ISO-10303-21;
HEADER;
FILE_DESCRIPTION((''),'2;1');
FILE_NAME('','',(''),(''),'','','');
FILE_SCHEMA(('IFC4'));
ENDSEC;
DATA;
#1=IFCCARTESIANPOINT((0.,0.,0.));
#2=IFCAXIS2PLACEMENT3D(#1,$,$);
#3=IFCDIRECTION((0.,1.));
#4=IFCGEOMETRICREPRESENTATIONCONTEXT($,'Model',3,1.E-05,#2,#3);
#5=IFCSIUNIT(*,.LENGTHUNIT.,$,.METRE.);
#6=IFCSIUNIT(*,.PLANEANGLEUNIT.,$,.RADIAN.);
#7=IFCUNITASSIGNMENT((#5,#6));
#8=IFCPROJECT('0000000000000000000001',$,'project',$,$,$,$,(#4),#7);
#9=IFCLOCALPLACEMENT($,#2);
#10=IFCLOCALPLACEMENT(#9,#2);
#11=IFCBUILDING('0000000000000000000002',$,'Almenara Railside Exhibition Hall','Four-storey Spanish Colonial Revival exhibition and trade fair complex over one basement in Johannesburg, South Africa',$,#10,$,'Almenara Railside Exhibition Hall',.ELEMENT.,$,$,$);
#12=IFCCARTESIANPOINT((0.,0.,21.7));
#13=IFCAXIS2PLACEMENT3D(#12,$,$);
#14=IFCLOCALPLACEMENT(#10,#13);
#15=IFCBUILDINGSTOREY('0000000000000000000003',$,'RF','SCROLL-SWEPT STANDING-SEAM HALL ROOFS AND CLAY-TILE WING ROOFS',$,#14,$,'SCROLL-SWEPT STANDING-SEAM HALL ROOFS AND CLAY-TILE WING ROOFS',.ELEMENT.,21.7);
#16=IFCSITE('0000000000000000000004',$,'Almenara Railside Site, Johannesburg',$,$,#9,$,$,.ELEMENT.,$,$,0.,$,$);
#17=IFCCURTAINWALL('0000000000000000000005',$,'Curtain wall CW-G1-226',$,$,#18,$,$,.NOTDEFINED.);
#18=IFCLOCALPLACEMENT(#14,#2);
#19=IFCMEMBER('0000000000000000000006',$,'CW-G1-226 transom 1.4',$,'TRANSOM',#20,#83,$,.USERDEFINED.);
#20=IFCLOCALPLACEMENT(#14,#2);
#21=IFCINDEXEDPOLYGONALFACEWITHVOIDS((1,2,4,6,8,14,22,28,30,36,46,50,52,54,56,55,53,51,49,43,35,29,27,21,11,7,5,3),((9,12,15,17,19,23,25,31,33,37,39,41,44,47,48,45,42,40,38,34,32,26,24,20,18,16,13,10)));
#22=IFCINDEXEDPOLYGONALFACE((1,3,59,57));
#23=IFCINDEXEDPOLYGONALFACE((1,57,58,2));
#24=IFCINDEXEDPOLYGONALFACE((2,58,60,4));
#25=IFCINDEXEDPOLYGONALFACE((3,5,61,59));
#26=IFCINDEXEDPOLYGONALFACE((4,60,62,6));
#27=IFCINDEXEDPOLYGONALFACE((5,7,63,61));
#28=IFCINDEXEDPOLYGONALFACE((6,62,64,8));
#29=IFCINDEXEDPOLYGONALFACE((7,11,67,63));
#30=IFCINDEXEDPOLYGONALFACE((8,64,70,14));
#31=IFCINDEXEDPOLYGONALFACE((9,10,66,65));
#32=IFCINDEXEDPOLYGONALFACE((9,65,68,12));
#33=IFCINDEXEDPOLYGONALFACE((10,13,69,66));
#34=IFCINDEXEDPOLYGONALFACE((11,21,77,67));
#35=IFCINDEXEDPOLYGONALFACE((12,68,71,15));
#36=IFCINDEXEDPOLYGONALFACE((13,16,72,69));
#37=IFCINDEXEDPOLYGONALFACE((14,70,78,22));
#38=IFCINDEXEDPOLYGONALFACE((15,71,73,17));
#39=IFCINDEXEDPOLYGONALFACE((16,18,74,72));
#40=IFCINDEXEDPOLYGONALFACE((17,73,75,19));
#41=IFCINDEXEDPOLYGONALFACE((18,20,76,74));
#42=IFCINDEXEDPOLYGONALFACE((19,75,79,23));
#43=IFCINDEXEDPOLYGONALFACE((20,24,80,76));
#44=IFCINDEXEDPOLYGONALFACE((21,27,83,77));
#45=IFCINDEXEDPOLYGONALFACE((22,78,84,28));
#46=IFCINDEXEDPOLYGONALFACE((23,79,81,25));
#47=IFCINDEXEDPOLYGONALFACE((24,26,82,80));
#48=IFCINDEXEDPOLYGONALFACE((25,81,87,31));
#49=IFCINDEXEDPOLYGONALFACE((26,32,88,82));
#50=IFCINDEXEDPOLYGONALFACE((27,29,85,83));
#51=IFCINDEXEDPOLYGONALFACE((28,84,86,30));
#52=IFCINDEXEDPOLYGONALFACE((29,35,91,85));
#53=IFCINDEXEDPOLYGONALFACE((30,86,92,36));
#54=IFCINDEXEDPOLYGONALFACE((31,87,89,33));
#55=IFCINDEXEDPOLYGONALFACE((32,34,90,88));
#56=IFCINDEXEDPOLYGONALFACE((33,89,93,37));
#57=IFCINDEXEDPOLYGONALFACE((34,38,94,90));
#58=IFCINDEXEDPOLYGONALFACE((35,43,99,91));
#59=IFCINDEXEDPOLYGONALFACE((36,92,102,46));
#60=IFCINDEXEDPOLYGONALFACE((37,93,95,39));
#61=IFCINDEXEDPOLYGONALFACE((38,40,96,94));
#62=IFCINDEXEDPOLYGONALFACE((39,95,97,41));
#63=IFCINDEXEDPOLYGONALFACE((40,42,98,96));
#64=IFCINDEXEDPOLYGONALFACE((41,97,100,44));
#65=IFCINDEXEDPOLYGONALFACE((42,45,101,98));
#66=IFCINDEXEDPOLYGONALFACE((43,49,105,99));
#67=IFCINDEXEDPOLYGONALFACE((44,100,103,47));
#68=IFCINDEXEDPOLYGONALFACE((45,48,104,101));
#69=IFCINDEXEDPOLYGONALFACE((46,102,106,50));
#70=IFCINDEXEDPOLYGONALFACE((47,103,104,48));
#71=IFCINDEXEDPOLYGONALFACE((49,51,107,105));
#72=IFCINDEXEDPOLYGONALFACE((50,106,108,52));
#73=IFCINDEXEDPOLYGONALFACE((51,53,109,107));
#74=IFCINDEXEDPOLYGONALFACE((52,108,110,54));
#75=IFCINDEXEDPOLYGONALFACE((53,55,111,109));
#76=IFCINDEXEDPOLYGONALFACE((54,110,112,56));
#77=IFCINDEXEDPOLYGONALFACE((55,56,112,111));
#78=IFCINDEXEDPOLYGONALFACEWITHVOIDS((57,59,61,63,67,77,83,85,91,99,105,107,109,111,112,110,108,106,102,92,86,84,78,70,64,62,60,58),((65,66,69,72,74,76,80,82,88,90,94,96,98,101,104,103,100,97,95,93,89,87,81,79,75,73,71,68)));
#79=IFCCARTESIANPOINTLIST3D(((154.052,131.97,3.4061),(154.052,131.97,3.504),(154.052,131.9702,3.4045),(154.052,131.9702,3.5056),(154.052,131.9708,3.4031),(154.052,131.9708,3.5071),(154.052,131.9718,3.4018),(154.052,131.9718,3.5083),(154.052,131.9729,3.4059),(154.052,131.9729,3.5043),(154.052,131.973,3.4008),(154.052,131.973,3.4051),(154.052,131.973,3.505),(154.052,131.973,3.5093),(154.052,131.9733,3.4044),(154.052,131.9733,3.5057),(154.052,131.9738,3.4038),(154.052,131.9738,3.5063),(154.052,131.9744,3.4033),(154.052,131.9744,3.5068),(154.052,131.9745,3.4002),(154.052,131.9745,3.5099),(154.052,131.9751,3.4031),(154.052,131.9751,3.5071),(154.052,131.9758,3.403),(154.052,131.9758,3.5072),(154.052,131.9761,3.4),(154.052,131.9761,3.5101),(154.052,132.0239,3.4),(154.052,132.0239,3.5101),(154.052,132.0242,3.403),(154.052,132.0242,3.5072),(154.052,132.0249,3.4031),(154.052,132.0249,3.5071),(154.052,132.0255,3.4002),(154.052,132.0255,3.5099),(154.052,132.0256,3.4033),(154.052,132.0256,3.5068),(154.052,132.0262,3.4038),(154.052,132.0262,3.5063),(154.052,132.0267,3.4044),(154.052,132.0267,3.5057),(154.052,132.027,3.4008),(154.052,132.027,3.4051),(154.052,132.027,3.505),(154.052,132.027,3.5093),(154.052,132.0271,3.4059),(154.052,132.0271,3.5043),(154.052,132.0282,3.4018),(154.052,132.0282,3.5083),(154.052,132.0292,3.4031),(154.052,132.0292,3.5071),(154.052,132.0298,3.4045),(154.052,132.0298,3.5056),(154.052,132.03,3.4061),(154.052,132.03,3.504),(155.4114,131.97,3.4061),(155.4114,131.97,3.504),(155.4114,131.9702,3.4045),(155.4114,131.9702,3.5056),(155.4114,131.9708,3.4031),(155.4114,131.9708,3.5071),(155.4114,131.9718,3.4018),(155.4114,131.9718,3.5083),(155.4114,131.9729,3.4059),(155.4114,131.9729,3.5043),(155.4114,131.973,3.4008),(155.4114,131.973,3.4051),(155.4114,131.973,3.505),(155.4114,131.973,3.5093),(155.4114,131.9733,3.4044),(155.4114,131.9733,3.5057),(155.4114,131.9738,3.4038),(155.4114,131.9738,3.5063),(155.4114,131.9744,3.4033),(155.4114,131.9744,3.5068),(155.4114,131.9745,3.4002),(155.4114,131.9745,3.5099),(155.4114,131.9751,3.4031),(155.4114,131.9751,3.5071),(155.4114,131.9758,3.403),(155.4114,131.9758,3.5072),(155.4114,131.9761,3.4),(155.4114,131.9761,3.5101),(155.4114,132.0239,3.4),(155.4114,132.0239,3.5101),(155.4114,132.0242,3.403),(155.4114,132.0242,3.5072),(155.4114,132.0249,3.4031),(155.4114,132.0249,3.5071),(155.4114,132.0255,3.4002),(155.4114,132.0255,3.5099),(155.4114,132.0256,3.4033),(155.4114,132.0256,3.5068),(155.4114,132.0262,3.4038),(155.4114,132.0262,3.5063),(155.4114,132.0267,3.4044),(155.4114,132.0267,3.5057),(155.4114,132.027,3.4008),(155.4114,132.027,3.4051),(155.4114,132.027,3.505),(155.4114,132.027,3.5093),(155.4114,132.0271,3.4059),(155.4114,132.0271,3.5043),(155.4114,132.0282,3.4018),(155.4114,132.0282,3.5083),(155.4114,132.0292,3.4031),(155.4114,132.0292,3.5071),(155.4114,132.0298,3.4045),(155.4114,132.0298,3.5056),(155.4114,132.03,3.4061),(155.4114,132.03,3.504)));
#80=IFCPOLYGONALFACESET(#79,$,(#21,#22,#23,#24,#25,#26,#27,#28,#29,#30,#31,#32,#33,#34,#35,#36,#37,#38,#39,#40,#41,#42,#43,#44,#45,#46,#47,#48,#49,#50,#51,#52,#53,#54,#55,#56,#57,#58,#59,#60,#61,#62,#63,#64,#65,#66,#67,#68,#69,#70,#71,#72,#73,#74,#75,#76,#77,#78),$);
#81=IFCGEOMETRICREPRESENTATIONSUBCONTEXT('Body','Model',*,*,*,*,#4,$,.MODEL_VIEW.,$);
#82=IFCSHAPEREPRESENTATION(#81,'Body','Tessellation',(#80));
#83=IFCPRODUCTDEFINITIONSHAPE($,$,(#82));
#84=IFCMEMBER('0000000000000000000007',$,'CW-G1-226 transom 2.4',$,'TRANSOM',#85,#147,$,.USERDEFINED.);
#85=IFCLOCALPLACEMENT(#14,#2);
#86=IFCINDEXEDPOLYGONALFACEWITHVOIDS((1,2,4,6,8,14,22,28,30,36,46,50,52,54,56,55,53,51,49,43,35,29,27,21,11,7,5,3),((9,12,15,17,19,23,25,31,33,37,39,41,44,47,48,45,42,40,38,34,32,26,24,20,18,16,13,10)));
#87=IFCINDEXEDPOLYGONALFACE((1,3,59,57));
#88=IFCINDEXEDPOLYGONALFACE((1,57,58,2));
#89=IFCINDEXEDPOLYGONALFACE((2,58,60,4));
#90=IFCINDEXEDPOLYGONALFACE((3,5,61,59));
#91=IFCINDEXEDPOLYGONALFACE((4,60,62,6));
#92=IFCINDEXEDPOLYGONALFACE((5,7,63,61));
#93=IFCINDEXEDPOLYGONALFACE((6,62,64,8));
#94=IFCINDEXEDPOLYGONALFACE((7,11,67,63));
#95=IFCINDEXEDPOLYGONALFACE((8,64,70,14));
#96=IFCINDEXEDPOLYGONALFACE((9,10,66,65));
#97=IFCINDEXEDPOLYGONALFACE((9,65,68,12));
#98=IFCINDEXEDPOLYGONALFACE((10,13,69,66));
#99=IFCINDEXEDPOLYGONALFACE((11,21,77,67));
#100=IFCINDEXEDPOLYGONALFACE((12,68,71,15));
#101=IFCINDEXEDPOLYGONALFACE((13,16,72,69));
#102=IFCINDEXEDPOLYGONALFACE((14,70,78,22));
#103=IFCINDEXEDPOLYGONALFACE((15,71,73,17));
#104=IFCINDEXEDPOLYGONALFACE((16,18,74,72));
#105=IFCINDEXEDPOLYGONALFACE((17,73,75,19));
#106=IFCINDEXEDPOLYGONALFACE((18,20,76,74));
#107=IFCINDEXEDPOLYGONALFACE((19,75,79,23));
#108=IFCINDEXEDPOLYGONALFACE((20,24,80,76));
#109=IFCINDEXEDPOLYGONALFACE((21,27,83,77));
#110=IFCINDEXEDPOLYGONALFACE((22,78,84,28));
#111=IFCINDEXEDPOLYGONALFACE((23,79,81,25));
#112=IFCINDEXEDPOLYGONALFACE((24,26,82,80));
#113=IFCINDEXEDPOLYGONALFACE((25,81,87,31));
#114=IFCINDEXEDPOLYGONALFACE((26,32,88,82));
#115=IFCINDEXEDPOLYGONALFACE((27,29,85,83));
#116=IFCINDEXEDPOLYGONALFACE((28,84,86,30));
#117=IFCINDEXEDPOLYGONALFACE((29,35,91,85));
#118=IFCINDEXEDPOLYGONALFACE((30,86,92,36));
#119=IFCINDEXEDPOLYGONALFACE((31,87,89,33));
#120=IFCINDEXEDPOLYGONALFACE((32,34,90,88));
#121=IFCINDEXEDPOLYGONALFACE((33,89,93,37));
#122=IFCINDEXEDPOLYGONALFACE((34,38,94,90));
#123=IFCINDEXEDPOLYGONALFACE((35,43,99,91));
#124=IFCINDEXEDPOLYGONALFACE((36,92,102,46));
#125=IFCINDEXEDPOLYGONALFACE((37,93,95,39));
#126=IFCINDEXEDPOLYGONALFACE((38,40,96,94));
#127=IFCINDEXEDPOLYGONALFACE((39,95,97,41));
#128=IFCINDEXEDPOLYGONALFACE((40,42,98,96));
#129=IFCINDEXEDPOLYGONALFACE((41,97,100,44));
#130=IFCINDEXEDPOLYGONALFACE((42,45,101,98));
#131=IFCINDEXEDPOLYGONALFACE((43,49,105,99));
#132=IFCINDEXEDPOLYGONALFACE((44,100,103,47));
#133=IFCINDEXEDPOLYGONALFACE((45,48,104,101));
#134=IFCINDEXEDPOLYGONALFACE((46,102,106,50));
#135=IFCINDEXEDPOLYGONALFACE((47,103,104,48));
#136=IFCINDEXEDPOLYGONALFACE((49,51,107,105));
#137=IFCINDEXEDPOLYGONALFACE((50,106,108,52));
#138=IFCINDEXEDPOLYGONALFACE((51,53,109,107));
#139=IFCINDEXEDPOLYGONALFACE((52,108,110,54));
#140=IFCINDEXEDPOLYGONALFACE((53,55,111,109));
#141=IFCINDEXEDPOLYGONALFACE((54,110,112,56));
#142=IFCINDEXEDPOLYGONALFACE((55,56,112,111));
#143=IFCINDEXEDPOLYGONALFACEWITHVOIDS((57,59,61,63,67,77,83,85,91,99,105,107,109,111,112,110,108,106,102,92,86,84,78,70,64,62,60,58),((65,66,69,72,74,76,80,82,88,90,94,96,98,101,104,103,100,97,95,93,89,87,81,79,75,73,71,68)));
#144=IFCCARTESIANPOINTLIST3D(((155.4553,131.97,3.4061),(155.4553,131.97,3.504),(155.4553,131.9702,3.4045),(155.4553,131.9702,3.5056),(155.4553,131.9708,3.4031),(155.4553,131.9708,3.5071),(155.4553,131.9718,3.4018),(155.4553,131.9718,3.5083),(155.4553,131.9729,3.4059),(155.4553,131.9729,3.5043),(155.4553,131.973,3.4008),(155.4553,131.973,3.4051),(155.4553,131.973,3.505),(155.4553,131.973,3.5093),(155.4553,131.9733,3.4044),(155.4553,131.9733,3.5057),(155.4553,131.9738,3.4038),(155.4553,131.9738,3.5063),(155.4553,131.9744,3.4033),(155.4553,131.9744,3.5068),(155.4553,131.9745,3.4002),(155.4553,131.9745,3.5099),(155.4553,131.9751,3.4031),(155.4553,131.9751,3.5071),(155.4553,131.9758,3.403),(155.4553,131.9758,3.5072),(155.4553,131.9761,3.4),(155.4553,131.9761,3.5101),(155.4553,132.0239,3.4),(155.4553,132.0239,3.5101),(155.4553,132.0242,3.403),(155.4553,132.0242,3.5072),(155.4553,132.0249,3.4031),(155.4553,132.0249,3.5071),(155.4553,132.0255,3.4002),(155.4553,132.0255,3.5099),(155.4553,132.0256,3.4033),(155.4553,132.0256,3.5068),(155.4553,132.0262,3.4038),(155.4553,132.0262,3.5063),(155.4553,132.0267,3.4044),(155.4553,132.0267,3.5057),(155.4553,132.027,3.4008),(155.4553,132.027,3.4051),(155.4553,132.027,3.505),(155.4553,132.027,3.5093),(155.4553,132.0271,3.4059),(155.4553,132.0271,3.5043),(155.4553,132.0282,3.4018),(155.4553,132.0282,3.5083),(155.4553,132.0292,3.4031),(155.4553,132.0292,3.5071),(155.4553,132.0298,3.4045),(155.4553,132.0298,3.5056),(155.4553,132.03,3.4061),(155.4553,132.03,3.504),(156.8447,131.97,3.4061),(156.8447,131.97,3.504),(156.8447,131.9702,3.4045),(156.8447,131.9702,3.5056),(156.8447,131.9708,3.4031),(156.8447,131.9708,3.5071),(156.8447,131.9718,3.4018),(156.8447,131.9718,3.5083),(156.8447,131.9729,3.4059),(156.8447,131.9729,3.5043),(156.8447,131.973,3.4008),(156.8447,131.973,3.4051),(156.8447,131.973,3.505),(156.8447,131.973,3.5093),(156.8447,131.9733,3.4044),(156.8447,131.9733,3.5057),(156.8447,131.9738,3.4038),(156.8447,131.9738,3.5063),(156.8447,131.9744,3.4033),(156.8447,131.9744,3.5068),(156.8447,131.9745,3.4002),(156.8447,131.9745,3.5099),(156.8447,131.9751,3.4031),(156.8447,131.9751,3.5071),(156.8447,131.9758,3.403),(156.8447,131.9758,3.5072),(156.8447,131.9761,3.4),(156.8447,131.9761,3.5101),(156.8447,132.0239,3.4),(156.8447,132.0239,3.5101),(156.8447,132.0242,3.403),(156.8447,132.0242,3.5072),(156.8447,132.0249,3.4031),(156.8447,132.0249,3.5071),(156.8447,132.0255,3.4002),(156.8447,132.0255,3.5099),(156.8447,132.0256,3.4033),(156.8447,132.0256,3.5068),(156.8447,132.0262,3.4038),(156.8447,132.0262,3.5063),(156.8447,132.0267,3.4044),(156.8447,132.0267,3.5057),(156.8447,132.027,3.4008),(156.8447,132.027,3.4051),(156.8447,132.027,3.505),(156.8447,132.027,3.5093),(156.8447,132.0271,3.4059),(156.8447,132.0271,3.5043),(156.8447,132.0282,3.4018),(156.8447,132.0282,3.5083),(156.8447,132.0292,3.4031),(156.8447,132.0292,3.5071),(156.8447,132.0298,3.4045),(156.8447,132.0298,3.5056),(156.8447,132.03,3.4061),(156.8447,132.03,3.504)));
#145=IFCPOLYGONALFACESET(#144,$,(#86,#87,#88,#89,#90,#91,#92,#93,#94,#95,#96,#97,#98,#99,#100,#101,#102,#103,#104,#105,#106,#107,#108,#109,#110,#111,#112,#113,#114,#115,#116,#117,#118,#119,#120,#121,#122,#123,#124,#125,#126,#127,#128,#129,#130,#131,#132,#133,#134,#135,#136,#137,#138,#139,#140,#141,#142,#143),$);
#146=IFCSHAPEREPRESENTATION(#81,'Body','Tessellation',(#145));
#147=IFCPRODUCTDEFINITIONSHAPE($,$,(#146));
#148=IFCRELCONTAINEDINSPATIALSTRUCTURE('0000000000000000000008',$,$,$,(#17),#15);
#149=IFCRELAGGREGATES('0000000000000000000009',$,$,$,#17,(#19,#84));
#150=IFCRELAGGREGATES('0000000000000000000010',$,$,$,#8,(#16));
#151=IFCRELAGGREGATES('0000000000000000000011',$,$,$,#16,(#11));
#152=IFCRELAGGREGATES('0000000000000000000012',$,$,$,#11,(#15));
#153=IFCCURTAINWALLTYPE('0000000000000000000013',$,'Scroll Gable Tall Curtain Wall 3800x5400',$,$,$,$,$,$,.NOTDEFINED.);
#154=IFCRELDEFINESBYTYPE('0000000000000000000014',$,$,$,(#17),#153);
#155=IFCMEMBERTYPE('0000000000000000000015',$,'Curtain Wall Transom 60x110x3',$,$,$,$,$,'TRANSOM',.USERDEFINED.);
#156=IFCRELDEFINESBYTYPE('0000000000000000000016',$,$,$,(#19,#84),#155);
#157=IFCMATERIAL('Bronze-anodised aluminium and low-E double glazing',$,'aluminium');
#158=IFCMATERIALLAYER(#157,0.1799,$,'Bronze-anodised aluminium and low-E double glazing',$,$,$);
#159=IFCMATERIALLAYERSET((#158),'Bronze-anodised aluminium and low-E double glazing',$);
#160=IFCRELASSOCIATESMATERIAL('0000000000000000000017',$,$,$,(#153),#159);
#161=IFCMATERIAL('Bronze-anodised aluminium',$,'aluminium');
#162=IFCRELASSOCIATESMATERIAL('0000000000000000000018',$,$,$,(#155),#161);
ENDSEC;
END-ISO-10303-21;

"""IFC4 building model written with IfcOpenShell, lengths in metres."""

from ifc_helpers import new_model, si_unit, direction, frame, origin, origin_2d, place, context, subcontext, project, spatial, hollow_rectangle, extrude, material, layer, layer_set, material_profile, profile_set, type_object, element, aggregate, save


model = new_model("IFC4")

# Units and contexts
model_context = context("Model", 3, precision=1e-05, world=origin(), true_north=direction((0.0, 1.0)))
body_context = subcontext(model_context, "Body", "Model", "MODEL_VIEW")
ifc_project = project(units=[si_unit("LENGTHUNIT", "METRE"), si_unit("PLANEANGLEUNIT", "RADIAN")], contexts=[model_context])

# Site, building, storey
site_placement = place(None, origin())
site = spatial("IfcSite", under=ifc_project, at=site_placement, Name="Almenara Railside Site, Johannesburg", CompositionType="ELEMENT", RefElevation=0.0)
building_placement = place(site_placement, origin())
building = spatial("IfcBuilding", under=site, at=building_placement, Name="Almenara Railside Exhibition Hall", Description="Four-storey Spanish Colonial Revival exhibition and trade fair complex over one basement in Johannesburg, South Africa", LongName="Almenara Railside Exhibition Hall", CompositionType="ELEMENT")
storey_placement = place(building_placement, frame((0.0, 0.0, 21.7)))
storey = spatial("IfcBuildingStorey", under=building, at=storey_placement, Name="RF", Description="SCROLL-SWEPT STANDING-SEAM HALL ROOFS AND CLAY-TILE WING ROOFS", LongName="SCROLL-SWEPT STANDING-SEAM HALL ROOFS AND CLAY-TILE WING ROOFS", CompositionType="ELEMENT", Elevation=21.7)

# Curtain wall, members
ifc_material_1 = material(Name="Bronze-anodised aluminium and low-E double glazing", Category="aluminium")
ifc_layer_1 = layer(ifc_material_1, 0.1799, Name="Bronze-anodised aluminium and low-E double glazing")
ifc_layer_set_1 = layer_set([ifc_layer_1], Name="Bronze-anodised aluminium and low-E double glazing")
curtain_wall_type = type_object("IfcCurtainWallType", Name="Scroll Gable Tall Curtain Wall 3800x5400", PredefinedType="NOTDEFINED", material=ifc_layer_set_1)
ifc_material_2 = material(Name="Bronze-anodised aluminium", Category="aluminium")
curtain_wall_1_placement = place(storey_placement, origin())
curtain_wall_1 = element("IfcCurtainWall", 1, at=curtain_wall_1_placement, inside=storey, type_object=curtain_wall_type, Name="Curtain wall CW-G1-226", PredefinedType="NOTDEFINED")
ifc_material_profile_1 = material_profile(ifc_material_2, hollow_rectangle(XDim=0.0601, YDim=0.1101, WallThickness=0.0029, InnerFilletRadius=0.0029, OuterFilletRadius=0.0061, at=origin_2d()), Name="ALU-TRN 60x110x3")
ifc_profile_set_1 = profile_set([ifc_material_profile_1], Name="Bronze-anodised aluminium")
member_type_1 = type_object("IfcMemberType", Name="Curtain Wall Transom 60x110x3", ElementType="TRANSOM", PredefinedType="USERDEFINED", material=ifc_profile_set_1)
member_1_placement = place(storey_placement, frame((154.052, 132.0, 3.4551), z_axis=(1.0, 0.0, 0.0), x_axis=(0.0, 1.0, 0.0)))
member_1 = element("IfcMember", 2, at=member_1_placement, type_object=member_type_1, Name="CW-G1-226 transom 1.4", ObjectType="TRANSOM", PredefinedType="USERDEFINED", context=body_context, shape_type="SweptSolid", body=[
    extrude(hollow_rectangle(XDim=0.0601, YDim=0.1101, WallThickness=0.0029, InnerFilletRadius=0.0029, OuterFilletRadius=0.0061, at=origin_2d()), origin(), (0.0, 0.0, 1.0), 1.3594),
])
member_2_placement = place(storey_placement, frame((155.4553, 132.0, 3.4551), z_axis=(1.0, 0.0, 0.0), x_axis=(0.0, 1.0, 0.0)))
member_2 = element("IfcMember", 3, at=member_2_placement, type_object=member_type_1, Name="CW-G1-226 transom 2.4", ObjectType="TRANSOM", PredefinedType="USERDEFINED", context=body_context, shape_type="SweptSolid", body=[
    extrude(hollow_rectangle(XDim=0.0601, YDim=0.1101, WallThickness=0.0029, InnerFilletRadius=0.0029, OuterFilletRadius=0.0061, at=origin_2d()), origin(), (0.0, 0.0, 1.0), 1.3894),
])

aggregate(curtain_wall_1, [member_1, member_2])

save(model, "model.ifc")
